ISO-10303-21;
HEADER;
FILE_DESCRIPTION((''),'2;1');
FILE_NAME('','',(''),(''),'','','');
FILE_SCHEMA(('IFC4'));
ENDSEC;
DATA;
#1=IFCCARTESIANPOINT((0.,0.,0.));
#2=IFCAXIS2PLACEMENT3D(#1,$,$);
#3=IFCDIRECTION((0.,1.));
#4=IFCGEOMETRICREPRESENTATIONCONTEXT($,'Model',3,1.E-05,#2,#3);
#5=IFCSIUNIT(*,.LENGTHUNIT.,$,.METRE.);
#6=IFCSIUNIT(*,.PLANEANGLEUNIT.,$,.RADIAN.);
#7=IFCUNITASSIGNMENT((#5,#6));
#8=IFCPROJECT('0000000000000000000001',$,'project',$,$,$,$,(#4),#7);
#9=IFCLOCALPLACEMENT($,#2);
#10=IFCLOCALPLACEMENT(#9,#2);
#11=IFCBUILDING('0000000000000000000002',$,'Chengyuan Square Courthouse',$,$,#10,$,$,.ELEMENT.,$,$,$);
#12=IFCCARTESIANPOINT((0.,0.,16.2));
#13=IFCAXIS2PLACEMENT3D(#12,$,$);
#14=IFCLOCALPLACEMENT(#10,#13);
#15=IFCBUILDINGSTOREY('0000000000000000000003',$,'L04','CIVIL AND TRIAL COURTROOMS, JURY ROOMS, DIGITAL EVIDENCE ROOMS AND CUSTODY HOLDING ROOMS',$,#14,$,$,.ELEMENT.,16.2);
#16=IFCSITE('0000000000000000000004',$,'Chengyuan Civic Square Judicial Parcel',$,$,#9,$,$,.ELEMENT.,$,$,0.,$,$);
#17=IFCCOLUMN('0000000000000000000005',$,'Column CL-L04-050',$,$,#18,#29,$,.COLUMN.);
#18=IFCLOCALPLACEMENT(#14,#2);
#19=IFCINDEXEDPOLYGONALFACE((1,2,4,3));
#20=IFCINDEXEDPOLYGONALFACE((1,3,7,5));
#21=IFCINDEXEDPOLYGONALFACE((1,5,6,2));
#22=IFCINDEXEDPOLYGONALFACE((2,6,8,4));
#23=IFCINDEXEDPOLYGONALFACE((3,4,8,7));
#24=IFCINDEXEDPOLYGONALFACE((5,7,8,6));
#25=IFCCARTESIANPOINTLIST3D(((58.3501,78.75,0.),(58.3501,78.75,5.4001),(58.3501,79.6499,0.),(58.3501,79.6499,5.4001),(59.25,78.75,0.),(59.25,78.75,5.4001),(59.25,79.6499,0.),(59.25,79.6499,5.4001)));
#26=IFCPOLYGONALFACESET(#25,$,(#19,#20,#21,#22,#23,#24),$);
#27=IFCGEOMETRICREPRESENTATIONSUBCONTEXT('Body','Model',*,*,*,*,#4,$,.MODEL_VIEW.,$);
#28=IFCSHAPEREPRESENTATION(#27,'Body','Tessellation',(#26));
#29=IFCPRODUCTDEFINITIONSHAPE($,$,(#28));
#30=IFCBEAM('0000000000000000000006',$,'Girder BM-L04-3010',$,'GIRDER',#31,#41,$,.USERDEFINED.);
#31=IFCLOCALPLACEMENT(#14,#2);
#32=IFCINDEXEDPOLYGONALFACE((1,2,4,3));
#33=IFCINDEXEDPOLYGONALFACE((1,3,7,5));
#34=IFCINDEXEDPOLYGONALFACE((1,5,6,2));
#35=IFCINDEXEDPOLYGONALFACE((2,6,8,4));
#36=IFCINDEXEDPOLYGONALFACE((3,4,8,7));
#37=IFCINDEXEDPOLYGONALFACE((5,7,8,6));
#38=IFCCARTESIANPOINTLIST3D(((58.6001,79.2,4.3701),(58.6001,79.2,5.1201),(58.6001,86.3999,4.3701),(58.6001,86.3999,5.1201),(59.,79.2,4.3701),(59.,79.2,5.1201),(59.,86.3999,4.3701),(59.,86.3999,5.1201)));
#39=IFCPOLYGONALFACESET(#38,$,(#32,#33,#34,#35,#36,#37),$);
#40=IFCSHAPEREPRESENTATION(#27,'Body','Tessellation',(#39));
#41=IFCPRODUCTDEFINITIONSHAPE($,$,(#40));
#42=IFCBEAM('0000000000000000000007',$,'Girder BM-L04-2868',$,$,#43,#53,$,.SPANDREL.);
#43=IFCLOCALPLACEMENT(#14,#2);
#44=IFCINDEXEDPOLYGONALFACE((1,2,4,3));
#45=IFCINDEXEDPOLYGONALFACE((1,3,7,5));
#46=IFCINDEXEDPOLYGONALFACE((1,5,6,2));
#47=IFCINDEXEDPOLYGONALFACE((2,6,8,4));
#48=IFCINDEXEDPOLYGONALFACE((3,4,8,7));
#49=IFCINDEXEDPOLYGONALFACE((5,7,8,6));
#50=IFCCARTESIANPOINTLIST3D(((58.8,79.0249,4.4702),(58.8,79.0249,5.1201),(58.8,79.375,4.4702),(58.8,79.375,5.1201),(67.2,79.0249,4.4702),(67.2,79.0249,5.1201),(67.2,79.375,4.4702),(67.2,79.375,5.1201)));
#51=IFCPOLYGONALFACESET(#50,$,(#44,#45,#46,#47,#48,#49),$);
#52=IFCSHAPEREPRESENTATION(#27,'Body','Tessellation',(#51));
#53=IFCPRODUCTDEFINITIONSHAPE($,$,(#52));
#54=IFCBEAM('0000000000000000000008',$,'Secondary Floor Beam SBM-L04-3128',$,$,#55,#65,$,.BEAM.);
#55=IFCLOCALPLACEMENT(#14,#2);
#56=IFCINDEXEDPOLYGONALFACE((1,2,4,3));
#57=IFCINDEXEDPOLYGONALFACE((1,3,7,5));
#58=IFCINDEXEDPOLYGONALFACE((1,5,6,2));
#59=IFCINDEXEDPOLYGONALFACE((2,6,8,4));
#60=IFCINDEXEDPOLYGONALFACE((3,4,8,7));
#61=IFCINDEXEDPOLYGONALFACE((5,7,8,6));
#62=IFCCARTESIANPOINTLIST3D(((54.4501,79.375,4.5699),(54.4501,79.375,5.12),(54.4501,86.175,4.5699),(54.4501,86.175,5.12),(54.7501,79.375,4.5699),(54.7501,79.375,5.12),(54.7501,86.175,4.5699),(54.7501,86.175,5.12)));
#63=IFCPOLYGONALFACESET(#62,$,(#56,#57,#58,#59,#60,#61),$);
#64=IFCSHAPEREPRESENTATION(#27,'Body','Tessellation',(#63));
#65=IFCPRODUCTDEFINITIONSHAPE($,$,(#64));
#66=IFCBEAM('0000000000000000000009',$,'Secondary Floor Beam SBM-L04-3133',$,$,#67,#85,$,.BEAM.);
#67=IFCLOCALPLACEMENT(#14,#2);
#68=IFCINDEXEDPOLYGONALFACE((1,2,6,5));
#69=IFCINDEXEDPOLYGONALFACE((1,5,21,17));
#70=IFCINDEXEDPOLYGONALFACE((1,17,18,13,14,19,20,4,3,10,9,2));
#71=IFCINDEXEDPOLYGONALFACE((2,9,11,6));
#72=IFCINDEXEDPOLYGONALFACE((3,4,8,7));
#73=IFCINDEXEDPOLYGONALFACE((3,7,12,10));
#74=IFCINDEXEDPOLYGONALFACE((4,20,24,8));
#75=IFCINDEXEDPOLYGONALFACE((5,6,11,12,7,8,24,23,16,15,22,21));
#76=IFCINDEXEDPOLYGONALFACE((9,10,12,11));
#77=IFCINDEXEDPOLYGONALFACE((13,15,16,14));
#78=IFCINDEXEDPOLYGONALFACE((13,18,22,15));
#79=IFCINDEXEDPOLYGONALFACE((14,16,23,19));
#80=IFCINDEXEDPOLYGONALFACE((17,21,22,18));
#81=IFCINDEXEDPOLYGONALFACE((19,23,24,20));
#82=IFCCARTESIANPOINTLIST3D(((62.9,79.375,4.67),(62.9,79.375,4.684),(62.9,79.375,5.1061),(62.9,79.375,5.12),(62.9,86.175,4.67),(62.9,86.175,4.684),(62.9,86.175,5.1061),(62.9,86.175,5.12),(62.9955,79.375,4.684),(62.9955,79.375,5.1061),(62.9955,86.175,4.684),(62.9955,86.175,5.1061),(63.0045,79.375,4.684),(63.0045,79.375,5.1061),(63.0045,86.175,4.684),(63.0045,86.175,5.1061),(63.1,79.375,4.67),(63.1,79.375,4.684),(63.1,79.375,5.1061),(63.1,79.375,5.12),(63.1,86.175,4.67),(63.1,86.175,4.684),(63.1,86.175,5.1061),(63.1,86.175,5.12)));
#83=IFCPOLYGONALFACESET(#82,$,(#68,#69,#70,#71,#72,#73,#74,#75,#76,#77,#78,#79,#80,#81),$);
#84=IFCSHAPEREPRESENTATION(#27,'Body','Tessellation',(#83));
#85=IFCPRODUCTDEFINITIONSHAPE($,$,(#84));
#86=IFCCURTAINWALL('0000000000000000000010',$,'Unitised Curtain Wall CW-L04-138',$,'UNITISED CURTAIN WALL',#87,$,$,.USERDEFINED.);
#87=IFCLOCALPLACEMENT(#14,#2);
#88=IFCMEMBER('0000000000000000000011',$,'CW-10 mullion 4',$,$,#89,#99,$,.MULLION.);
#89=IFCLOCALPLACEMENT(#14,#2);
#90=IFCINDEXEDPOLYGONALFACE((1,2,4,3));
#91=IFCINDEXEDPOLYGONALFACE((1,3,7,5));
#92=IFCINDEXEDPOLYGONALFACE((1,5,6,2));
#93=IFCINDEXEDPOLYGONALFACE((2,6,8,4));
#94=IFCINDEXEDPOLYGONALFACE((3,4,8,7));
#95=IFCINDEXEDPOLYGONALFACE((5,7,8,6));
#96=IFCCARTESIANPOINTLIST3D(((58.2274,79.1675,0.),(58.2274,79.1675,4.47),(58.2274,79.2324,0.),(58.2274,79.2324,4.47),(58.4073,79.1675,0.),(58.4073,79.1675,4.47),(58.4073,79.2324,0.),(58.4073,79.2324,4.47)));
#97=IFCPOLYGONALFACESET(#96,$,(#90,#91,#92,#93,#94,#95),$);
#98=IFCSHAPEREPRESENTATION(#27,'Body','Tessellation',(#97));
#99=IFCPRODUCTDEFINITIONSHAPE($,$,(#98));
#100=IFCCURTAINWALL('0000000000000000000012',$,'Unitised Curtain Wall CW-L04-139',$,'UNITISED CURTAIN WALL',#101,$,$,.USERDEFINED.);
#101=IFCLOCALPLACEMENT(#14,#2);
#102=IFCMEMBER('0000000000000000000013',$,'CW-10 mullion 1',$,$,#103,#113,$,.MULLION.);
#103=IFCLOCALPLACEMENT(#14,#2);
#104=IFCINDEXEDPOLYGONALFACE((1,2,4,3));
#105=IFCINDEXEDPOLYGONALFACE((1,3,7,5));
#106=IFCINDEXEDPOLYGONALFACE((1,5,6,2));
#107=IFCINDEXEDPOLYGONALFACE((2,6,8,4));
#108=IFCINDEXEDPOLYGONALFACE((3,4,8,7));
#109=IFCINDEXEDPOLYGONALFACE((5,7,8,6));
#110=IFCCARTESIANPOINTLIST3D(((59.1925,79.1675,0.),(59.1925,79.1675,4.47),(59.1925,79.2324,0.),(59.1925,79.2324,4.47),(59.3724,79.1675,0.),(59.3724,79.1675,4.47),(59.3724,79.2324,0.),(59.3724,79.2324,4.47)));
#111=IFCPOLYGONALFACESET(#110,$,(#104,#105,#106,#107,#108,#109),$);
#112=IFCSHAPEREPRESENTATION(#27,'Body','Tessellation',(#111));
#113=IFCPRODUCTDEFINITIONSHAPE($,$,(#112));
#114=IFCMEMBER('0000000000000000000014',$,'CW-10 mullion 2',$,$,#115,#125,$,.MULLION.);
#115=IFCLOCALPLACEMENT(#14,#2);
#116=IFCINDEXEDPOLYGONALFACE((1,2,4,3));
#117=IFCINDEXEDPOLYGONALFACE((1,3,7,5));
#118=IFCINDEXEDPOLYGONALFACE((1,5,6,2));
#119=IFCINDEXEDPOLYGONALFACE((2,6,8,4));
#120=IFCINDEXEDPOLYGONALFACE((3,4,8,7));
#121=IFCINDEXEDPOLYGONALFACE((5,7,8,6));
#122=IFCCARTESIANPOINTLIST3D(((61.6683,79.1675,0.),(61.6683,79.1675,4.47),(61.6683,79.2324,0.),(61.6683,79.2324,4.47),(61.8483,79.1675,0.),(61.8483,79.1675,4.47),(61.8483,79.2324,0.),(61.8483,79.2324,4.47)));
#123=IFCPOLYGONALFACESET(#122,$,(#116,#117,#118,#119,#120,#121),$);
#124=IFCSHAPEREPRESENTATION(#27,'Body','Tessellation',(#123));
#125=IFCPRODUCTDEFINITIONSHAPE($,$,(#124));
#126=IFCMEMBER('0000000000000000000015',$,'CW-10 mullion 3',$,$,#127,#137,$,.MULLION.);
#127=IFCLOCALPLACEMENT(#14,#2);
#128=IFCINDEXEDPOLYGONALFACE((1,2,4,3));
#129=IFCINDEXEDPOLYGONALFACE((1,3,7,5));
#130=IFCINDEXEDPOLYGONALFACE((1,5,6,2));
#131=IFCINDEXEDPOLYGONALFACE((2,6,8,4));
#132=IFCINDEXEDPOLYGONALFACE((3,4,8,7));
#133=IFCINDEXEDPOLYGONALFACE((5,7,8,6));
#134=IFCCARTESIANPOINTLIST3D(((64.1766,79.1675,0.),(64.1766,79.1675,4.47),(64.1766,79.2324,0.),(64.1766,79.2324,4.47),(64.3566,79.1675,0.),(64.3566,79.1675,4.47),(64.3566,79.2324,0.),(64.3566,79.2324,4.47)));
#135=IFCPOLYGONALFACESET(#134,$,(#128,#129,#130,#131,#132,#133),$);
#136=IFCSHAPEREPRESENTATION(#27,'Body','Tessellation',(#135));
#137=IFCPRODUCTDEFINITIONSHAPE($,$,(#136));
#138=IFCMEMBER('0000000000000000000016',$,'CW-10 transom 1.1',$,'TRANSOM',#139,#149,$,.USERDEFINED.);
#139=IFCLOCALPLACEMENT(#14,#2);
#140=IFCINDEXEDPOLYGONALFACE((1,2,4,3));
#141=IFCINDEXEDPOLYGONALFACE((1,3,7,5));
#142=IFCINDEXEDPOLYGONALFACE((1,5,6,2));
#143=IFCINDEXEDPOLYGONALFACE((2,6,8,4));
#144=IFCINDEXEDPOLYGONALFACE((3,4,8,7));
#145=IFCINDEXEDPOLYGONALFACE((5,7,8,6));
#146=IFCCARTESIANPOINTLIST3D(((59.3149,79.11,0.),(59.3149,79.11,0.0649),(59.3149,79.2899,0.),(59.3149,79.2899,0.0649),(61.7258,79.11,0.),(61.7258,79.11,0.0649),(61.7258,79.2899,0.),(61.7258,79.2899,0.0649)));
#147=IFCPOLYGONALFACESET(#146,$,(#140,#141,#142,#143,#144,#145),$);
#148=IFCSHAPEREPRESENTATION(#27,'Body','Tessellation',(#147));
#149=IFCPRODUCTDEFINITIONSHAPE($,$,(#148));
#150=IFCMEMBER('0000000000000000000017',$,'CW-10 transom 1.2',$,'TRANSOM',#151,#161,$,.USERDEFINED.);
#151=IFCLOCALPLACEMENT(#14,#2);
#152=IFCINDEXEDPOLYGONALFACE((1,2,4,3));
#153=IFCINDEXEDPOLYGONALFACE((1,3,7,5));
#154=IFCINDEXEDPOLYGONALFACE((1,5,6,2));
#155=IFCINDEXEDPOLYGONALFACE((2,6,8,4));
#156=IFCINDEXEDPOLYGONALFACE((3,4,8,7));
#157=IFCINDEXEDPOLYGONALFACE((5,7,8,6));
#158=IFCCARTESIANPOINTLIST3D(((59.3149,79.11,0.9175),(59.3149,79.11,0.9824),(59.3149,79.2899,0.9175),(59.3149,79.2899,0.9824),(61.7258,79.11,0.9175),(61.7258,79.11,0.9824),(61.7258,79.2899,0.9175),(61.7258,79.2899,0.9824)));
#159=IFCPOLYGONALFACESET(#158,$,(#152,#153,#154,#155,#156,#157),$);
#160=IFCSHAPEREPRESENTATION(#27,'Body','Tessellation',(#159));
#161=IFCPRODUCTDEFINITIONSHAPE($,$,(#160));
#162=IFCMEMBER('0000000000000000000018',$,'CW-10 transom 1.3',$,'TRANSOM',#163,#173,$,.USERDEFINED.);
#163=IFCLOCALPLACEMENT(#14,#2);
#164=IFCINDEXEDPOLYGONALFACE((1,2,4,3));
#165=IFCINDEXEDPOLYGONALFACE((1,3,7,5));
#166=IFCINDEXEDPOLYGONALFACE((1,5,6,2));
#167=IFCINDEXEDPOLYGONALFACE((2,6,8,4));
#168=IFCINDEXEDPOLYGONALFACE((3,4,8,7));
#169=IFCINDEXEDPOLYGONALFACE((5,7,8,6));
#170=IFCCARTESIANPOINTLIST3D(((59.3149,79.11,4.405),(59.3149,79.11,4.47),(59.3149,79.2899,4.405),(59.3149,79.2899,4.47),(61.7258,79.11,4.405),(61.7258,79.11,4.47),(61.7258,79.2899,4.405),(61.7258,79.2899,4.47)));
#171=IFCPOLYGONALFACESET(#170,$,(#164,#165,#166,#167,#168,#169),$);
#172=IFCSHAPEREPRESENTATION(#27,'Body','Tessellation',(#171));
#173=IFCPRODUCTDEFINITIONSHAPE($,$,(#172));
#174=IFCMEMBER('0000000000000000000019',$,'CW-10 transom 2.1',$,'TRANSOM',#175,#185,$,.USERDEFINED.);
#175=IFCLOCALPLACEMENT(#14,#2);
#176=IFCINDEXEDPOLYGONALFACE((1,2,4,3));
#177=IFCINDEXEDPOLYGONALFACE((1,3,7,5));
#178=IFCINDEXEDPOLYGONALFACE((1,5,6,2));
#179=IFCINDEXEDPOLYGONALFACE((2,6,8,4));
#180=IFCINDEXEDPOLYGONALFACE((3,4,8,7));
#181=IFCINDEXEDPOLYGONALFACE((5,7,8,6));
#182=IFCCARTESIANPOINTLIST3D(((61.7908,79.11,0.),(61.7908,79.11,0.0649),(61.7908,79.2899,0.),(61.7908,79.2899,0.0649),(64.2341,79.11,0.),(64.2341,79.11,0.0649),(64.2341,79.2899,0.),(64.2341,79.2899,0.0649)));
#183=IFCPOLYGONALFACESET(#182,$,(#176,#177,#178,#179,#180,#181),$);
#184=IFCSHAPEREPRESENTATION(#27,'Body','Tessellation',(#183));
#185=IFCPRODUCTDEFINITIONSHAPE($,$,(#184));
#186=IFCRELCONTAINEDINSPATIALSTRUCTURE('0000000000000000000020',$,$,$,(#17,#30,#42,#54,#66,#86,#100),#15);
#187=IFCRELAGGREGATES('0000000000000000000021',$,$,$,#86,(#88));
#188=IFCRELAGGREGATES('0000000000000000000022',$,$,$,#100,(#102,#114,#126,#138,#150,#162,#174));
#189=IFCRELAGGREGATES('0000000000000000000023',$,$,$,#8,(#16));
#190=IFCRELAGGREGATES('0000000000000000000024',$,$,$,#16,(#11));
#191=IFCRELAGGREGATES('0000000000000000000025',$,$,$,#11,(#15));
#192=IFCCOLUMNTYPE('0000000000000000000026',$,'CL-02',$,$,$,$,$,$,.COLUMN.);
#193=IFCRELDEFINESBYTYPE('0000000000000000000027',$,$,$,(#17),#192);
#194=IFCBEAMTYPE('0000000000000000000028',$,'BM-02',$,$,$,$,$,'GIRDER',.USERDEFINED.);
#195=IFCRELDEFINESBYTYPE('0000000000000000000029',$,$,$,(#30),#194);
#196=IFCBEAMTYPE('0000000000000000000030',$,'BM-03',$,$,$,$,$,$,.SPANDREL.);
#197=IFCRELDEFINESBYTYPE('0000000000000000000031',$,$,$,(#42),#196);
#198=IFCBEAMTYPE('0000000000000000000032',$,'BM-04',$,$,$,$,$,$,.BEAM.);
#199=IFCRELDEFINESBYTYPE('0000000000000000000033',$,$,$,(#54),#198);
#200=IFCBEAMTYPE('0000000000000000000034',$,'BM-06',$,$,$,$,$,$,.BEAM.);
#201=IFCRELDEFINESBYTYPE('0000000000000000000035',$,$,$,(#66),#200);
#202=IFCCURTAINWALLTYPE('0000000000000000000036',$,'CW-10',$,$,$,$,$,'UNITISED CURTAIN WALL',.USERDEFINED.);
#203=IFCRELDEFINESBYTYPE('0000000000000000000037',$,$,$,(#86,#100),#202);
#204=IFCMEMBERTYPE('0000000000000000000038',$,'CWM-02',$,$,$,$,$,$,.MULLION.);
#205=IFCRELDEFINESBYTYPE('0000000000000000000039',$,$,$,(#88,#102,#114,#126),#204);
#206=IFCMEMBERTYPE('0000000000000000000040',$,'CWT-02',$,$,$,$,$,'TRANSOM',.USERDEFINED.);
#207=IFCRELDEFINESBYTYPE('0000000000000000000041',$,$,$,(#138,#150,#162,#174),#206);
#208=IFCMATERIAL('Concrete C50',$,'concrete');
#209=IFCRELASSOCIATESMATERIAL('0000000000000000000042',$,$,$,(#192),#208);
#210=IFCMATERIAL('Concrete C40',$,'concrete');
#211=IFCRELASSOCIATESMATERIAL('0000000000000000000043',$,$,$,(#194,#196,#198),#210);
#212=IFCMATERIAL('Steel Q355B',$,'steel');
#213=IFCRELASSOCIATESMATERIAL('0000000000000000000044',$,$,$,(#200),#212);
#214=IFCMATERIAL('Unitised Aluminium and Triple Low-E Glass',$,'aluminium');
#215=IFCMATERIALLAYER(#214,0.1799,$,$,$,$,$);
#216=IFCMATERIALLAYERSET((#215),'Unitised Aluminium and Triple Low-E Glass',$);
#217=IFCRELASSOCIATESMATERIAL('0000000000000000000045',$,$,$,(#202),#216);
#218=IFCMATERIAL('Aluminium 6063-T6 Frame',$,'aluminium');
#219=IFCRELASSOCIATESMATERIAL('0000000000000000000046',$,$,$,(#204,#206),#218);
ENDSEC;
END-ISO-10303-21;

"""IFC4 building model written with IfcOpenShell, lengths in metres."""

from ifc_helpers import new_model, si_unit, direction, frame, origin, origin_2d, place, context, subcontext, project, spatial, rectangle, i_section, extrude, material, layer, layer_set, material_profile, profile_set, type_object, element, aggregate, save


model = new_model("IFC4")

# Units and contexts
model_context = context("Model", 3, precision=1e-05, world=origin(), true_north=direction((0.0, 1.0)))
body_context = subcontext(model_context, "Body", "Model", "MODEL_VIEW")
ifc_project = project(units=[si_unit("LENGTHUNIT", "METRE"), si_unit("PLANEANGLEUNIT", "RADIAN")], contexts=[model_context])

# Site, building, storey
site_placement = place(None, origin())
site = spatial("IfcSite", under=ifc_project, at=site_placement, Name="Chengyuan Civic Square Judicial Parcel", CompositionType="ELEMENT", RefElevation=0.0)
building_placement = place(site_placement, origin())
building = spatial("IfcBuilding", under=site, at=building_placement, Name="Chengyuan Square Courthouse", CompositionType="ELEMENT")
storey_placement = place(building_placement, frame((0.0, 0.0, 16.2)))
storey = spatial("IfcBuildingStorey", under=building, at=storey_placement, Name="L04", Description="CIVIL AND TRIAL COURTROOMS, JURY ROOMS, DIGITAL EVIDENCE ROOMS AND CUSTODY HOLDING ROOMS", CompositionType="ELEMENT", Elevation=16.2)

# Column
ifc_material_1 = material(Name="Concrete C50", Category="concrete")
ifc_material_profile_1 = material_profile(ifc_material_1, rectangle(XDim=0.8999, YDim=0.8999, at=origin_2d()), Name="RC-COL-900x900")
ifc_profile_set_1 = profile_set([ifc_material_profile_1], Name="Concrete C50")
column_type = type_object("IfcColumnType", Name="CL-02", PredefinedType="COLUMN", material=ifc_profile_set_1)
column_placement = place(storey_placement, frame((58.8, 79.2, 0.0), z_axis=(0.0, 0.0, 1.0), x_axis=(1.0, 0.0, 0.0)))
element("IfcColumn", 1, at=column_placement, inside=storey, type_object=column_type, Name="Column CL-L04-050", PredefinedType="COLUMN", context=body_context, shape_type="SweptSolid", body=[
    extrude(rectangle(XDim=0.8999, YDim=0.8999, at=origin_2d()), origin(), (0.0, 0.0, 1.0), 5.4001),
])

# Beams
ifc_material_2 = material(Name="Concrete C40", Category="concrete")
ifc_material_profile_2 = material_profile(ifc_material_2, rectangle(XDim=0.3999, YDim=0.75, at=origin_2d()), Name="RC-BM-400x750")
ifc_profile_set_2 = profile_set([ifc_material_profile_2], Name="Concrete C40")
beam_type_1 = type_object("IfcBeamType", Name="BM-02", ElementType="GIRDER", PredefinedType="USERDEFINED", material=ifc_profile_set_2)
beam_1_placement = place(storey_placement, frame((58.8, 79.2, 4.7451), z_axis=(0.0, 1.0, 0.0), x_axis=(-1.0, 0.0, 0.0)))
element("IfcBeam", 2, at=beam_1_placement, inside=storey, type_object=beam_type_1, Name="Girder BM-L04-3010", ObjectType="GIRDER", PredefinedType="USERDEFINED", context=body_context, shape_type="SweptSolid", body=[
    extrude(rectangle(XDim=0.3999, YDim=0.75, at=origin_2d()), origin(), (0.0, 0.0, 1.0), 7.2),
])
ifc_material_profile_3 = material_profile(ifc_material_2, rectangle(XDim=0.3501, YDim=0.6499, at=origin_2d()), Name="RC-BM-350x650")
ifc_profile_set_3 = profile_set([ifc_material_profile_3], Name="Concrete C40")
beam_type_2 = type_object("IfcBeamType", Name="BM-03", PredefinedType="SPANDREL", material=ifc_profile_set_3)
beam_2_placement = place(storey_placement, frame((58.8, 79.2, 4.7952), z_axis=(1.0, 0.0, 0.0), x_axis=(0.0, 1.0, 0.0)))
element("IfcBeam", 3, at=beam_2_placement, inside=storey, type_object=beam_type_2, Name="Girder BM-L04-2868", PredefinedType="SPANDREL", context=body_context, shape_type="SweptSolid", body=[
    extrude(rectangle(XDim=0.3501, YDim=0.6499, at=origin_2d()), origin(), (0.0, 0.0, 1.0), 8.3999),
])
ifc_material_profile_4 = material_profile(ifc_material_2, rectangle(XDim=0.3, YDim=0.55, at=origin_2d()), Name="RC-BM-300x550")
ifc_profile_set_4 = profile_set([ifc_material_profile_4], Name="Concrete C40")
beam_type_3 = type_object("IfcBeamType", Name="BM-04", PredefinedType="BEAM", material=ifc_profile_set_4)
beam_3_placement = place(storey_placement, frame((54.6001, 79.375, 4.845), z_axis=(0.0, 1.0, 0.0), x_axis=(-1.0, 0.0, 0.0)))
element("IfcBeam", 4, at=beam_3_placement, inside=storey, type_object=beam_type_3, Name="Secondary Floor Beam SBM-L04-3128", PredefinedType="BEAM", context=body_context, shape_type="SweptSolid", body=[
    extrude(rectangle(XDim=0.3, YDim=0.55, at=origin_2d()), origin(), (0.0, 0.0, 1.0), 6.8),
])
ifc_material_3 = material(Name="Steel Q355B", Category="steel")
ifc_material_profile_5 = material_profile(ifc_material_3, i_section(OverallWidth=0.2, OverallDepth=0.45, WebThickness=0.009, FlangeThickness=0.0139, at=origin_2d()), Name="HN 450x200x9x14")
ifc_profile_set_5 = profile_set([ifc_material_profile_5], Name="Steel Q355B")
beam_type_4 = type_object("IfcBeamType", Name="BM-06", PredefinedType="BEAM", material=ifc_profile_set_5)
beam_4_placement = place(storey_placement, frame((63.0, 79.375, 4.895), z_axis=(0.0, 1.0, 0.0), x_axis=(-1.0, 0.0, 0.0)))
element("IfcBeam", 5, at=beam_4_placement, inside=storey, type_object=beam_type_4, Name="Secondary Floor Beam SBM-L04-3133", PredefinedType="BEAM", context=body_context, shape_type="SweptSolid", body=[
    extrude(i_section(OverallWidth=0.2, OverallDepth=0.45, WebThickness=0.009, FlangeThickness=0.0139, at=origin_2d()), origin(), (0.0, 0.0, 1.0), 6.8),
])

# Curtain wall, member
ifc_material_4 = material(Name="Unitised Aluminium and Triple Low-E Glass", Category="aluminium")
ifc_layer_1 = layer(ifc_material_4, 0.1799)
ifc_layer_set_1 = layer_set([ifc_layer_1], Name="Unitised Aluminium and Triple Low-E Glass")
curtain_wall_type = type_object("IfcCurtainWallType", Name="CW-10", ElementType="UNITISED CURTAIN WALL", PredefinedType="USERDEFINED", material=ifc_layer_set_1)
curtain_wall_1_placement = place(storey_placement, origin())
curtain_wall_1 = element("IfcCurtainWall", 6, at=curtain_wall_1_placement, inside=storey, type_object=curtain_wall_type, Name="Unitised Curtain Wall CW-L04-138", ObjectType="UNITISED CURTAIN WALL", PredefinedType="USERDEFINED")
ifc_material_5 = material(Name="Aluminium 6063-T6 Frame", Category="aluminium")
ifc_material_profile_6 = material_profile(ifc_material_5, rectangle(XDim=0.0649, YDim=0.1799, at=origin_2d()), Name="CW-MUL-65x180")
ifc_profile_set_6 = profile_set([ifc_material_profile_6], Name="Aluminium 6063-T6 Frame")
member_type_1 = type_object("IfcMemberType", Name="CWM-02", PredefinedType="MULLION", material=ifc_profile_set_6)
member_1_placement = place(storey_placement, frame((58.3174, 79.2, 0.0), z_axis=(0.0, 0.0, 1.0), x_axis=(0.0, 1.0, 0.0)))
member_1 = element("IfcMember", 7, at=member_1_placement, type_object=member_type_1, Name="CW-10 mullion 4", PredefinedType="MULLION", context=body_context, shape_type="SweptSolid", body=[
    extrude(rectangle(XDim=0.0649, YDim=0.1799, at=origin_2d()), origin(), (0.0, 0.0, 1.0), 4.47),
])

# Curtain wall, members
curtain_wall_2_placement = place(storey_placement, origin())
curtain_wall_2 = element("IfcCurtainWall", 8, at=curtain_wall_2_placement, inside=storey, type_object=curtain_wall_type, Name="Unitised Curtain Wall CW-L04-139", ObjectType="UNITISED CURTAIN WALL", PredefinedType="USERDEFINED")
member_2_placement = place(storey_placement, frame((59.2825, 79.2, 0.0), z_axis=(0.0, 0.0, 1.0), x_axis=(0.0, 1.0, 0.0)))
member_2 = element("IfcMember", 9, at=member_2_placement, type_object=member_type_1, Name="CW-10 mullion 1", PredefinedType="MULLION", context=body_context, shape_type="SweptSolid", body=[
    extrude(rectangle(XDim=0.0649, YDim=0.1799, at=origin_2d()), origin(), (0.0, 0.0, 1.0), 4.47),
])
member_3_placement = place(storey_placement, frame((61.7583, 79.2, 0.0), z_axis=(0.0, 0.0, 1.0), x_axis=(0.0, 1.0, 0.0)))
member_3 = element("IfcMember", 10, at=member_3_placement, type_object=member_type_1, Name="CW-10 mullion 2", PredefinedType="MULLION", context=body_context, shape_type="SweptSolid", body=[
    extrude(rectangle(XDim=0.0649, YDim=0.1799, at=origin_2d()), origin(), (0.0, 0.0, 1.0), 4.47),
])
member_4_placement = place(storey_placement, frame((64.2666, 79.2, 0.0), z_axis=(0.0, 0.0, 1.0), x_axis=(0.0, 1.0, 0.0)))
member_4 = element("IfcMember", 11, at=member_4_placement, type_object=member_type_1, Name="CW-10 mullion 3", PredefinedType="MULLION", context=body_context, shape_type="SweptSolid", body=[
    extrude(rectangle(XDim=0.0649, YDim=0.1799, at=origin_2d()), origin(), (0.0, 0.0, 1.0), 4.47),
])
ifc_material_profile_7 = material_profile(ifc_material_5, rectangle(XDim=0.1799, YDim=0.0649, at=origin_2d()), Name="CW-TRN-65x140")
ifc_profile_set_7 = profile_set([ifc_material_profile_7], Name="Aluminium 6063-T6 Frame")
member_type_2 = type_object("IfcMemberType", Name="CWT-02", ElementType="TRANSOM", PredefinedType="USERDEFINED", material=ifc_profile_set_7)
member_5_placement = place(storey_placement, frame((59.3149, 79.2, 0.0325), z_axis=(1.0, 0.0, 0.0), x_axis=(0.0, 1.0, 0.0)))
member_5 = element("IfcMember", 12, at=member_5_placement, type_object=member_type_2, Name="CW-10 transom 1.1", ObjectType="TRANSOM", PredefinedType="USERDEFINED", context=body_context, shape_type="SweptSolid", body=[
    extrude(rectangle(XDim=0.1799, YDim=0.0649, at=origin_2d()), origin(), (0.0, 0.0, 1.0), 2.4109),
])
member_6_placement = place(storey_placement, frame((59.3149, 79.2, 0.95), z_axis=(1.0, 0.0, 0.0), x_axis=(0.0, 1.0, 0.0)))
member_6 = element("IfcMember", 13, at=member_6_placement, type_object=member_type_2, Name="CW-10 transom 1.2", ObjectType="TRANSOM", PredefinedType="USERDEFINED", context=body_context, shape_type="SweptSolid", body=[
    extrude(rectangle(XDim=0.1799, YDim=0.0649, at=origin_2d()), origin(), (0.0, 0.0, 1.0), 2.4109),
])
member_7_placement = place(storey_placement, frame((59.3149, 79.2, 4.4375), z_axis=(1.0, 0.0, 0.0), x_axis=(0.0, 1.0, 0.0)))
member_7 = element("IfcMember", 14, at=member_7_placement, type_object=member_type_2, Name="CW-10 transom 1.3", ObjectType="TRANSOM", PredefinedType="USERDEFINED", context=body_context, shape_type="SweptSolid", body=[
    extrude(rectangle(XDim=0.1799, YDim=0.0649, at=origin_2d()), origin(), (0.0, 0.0, 1.0), 2.4109),
])
member_8_placement = place(storey_placement, frame((61.7908, 79.2, 0.0325), z_axis=(1.0, 0.0, 0.0), x_axis=(0.0, 1.0, 0.0)))
member_8 = element("IfcMember", 15, at=member_8_placement, type_object=member_type_2, Name="CW-10 transom 2.1", ObjectType="TRANSOM", PredefinedType="USERDEFINED", context=body_context, shape_type="SweptSolid", body=[
    extrude(rectangle(XDim=0.1799, YDim=0.0649, at=origin_2d()), origin(), (0.0, 0.0, 1.0), 2.4434),
])

aggregate(curtain_wall_1, [member_1])
aggregate(curtain_wall_2, [member_2, member_3, member_4, member_5, member_6, member_7, member_8])

save(model, "model.ifc")
